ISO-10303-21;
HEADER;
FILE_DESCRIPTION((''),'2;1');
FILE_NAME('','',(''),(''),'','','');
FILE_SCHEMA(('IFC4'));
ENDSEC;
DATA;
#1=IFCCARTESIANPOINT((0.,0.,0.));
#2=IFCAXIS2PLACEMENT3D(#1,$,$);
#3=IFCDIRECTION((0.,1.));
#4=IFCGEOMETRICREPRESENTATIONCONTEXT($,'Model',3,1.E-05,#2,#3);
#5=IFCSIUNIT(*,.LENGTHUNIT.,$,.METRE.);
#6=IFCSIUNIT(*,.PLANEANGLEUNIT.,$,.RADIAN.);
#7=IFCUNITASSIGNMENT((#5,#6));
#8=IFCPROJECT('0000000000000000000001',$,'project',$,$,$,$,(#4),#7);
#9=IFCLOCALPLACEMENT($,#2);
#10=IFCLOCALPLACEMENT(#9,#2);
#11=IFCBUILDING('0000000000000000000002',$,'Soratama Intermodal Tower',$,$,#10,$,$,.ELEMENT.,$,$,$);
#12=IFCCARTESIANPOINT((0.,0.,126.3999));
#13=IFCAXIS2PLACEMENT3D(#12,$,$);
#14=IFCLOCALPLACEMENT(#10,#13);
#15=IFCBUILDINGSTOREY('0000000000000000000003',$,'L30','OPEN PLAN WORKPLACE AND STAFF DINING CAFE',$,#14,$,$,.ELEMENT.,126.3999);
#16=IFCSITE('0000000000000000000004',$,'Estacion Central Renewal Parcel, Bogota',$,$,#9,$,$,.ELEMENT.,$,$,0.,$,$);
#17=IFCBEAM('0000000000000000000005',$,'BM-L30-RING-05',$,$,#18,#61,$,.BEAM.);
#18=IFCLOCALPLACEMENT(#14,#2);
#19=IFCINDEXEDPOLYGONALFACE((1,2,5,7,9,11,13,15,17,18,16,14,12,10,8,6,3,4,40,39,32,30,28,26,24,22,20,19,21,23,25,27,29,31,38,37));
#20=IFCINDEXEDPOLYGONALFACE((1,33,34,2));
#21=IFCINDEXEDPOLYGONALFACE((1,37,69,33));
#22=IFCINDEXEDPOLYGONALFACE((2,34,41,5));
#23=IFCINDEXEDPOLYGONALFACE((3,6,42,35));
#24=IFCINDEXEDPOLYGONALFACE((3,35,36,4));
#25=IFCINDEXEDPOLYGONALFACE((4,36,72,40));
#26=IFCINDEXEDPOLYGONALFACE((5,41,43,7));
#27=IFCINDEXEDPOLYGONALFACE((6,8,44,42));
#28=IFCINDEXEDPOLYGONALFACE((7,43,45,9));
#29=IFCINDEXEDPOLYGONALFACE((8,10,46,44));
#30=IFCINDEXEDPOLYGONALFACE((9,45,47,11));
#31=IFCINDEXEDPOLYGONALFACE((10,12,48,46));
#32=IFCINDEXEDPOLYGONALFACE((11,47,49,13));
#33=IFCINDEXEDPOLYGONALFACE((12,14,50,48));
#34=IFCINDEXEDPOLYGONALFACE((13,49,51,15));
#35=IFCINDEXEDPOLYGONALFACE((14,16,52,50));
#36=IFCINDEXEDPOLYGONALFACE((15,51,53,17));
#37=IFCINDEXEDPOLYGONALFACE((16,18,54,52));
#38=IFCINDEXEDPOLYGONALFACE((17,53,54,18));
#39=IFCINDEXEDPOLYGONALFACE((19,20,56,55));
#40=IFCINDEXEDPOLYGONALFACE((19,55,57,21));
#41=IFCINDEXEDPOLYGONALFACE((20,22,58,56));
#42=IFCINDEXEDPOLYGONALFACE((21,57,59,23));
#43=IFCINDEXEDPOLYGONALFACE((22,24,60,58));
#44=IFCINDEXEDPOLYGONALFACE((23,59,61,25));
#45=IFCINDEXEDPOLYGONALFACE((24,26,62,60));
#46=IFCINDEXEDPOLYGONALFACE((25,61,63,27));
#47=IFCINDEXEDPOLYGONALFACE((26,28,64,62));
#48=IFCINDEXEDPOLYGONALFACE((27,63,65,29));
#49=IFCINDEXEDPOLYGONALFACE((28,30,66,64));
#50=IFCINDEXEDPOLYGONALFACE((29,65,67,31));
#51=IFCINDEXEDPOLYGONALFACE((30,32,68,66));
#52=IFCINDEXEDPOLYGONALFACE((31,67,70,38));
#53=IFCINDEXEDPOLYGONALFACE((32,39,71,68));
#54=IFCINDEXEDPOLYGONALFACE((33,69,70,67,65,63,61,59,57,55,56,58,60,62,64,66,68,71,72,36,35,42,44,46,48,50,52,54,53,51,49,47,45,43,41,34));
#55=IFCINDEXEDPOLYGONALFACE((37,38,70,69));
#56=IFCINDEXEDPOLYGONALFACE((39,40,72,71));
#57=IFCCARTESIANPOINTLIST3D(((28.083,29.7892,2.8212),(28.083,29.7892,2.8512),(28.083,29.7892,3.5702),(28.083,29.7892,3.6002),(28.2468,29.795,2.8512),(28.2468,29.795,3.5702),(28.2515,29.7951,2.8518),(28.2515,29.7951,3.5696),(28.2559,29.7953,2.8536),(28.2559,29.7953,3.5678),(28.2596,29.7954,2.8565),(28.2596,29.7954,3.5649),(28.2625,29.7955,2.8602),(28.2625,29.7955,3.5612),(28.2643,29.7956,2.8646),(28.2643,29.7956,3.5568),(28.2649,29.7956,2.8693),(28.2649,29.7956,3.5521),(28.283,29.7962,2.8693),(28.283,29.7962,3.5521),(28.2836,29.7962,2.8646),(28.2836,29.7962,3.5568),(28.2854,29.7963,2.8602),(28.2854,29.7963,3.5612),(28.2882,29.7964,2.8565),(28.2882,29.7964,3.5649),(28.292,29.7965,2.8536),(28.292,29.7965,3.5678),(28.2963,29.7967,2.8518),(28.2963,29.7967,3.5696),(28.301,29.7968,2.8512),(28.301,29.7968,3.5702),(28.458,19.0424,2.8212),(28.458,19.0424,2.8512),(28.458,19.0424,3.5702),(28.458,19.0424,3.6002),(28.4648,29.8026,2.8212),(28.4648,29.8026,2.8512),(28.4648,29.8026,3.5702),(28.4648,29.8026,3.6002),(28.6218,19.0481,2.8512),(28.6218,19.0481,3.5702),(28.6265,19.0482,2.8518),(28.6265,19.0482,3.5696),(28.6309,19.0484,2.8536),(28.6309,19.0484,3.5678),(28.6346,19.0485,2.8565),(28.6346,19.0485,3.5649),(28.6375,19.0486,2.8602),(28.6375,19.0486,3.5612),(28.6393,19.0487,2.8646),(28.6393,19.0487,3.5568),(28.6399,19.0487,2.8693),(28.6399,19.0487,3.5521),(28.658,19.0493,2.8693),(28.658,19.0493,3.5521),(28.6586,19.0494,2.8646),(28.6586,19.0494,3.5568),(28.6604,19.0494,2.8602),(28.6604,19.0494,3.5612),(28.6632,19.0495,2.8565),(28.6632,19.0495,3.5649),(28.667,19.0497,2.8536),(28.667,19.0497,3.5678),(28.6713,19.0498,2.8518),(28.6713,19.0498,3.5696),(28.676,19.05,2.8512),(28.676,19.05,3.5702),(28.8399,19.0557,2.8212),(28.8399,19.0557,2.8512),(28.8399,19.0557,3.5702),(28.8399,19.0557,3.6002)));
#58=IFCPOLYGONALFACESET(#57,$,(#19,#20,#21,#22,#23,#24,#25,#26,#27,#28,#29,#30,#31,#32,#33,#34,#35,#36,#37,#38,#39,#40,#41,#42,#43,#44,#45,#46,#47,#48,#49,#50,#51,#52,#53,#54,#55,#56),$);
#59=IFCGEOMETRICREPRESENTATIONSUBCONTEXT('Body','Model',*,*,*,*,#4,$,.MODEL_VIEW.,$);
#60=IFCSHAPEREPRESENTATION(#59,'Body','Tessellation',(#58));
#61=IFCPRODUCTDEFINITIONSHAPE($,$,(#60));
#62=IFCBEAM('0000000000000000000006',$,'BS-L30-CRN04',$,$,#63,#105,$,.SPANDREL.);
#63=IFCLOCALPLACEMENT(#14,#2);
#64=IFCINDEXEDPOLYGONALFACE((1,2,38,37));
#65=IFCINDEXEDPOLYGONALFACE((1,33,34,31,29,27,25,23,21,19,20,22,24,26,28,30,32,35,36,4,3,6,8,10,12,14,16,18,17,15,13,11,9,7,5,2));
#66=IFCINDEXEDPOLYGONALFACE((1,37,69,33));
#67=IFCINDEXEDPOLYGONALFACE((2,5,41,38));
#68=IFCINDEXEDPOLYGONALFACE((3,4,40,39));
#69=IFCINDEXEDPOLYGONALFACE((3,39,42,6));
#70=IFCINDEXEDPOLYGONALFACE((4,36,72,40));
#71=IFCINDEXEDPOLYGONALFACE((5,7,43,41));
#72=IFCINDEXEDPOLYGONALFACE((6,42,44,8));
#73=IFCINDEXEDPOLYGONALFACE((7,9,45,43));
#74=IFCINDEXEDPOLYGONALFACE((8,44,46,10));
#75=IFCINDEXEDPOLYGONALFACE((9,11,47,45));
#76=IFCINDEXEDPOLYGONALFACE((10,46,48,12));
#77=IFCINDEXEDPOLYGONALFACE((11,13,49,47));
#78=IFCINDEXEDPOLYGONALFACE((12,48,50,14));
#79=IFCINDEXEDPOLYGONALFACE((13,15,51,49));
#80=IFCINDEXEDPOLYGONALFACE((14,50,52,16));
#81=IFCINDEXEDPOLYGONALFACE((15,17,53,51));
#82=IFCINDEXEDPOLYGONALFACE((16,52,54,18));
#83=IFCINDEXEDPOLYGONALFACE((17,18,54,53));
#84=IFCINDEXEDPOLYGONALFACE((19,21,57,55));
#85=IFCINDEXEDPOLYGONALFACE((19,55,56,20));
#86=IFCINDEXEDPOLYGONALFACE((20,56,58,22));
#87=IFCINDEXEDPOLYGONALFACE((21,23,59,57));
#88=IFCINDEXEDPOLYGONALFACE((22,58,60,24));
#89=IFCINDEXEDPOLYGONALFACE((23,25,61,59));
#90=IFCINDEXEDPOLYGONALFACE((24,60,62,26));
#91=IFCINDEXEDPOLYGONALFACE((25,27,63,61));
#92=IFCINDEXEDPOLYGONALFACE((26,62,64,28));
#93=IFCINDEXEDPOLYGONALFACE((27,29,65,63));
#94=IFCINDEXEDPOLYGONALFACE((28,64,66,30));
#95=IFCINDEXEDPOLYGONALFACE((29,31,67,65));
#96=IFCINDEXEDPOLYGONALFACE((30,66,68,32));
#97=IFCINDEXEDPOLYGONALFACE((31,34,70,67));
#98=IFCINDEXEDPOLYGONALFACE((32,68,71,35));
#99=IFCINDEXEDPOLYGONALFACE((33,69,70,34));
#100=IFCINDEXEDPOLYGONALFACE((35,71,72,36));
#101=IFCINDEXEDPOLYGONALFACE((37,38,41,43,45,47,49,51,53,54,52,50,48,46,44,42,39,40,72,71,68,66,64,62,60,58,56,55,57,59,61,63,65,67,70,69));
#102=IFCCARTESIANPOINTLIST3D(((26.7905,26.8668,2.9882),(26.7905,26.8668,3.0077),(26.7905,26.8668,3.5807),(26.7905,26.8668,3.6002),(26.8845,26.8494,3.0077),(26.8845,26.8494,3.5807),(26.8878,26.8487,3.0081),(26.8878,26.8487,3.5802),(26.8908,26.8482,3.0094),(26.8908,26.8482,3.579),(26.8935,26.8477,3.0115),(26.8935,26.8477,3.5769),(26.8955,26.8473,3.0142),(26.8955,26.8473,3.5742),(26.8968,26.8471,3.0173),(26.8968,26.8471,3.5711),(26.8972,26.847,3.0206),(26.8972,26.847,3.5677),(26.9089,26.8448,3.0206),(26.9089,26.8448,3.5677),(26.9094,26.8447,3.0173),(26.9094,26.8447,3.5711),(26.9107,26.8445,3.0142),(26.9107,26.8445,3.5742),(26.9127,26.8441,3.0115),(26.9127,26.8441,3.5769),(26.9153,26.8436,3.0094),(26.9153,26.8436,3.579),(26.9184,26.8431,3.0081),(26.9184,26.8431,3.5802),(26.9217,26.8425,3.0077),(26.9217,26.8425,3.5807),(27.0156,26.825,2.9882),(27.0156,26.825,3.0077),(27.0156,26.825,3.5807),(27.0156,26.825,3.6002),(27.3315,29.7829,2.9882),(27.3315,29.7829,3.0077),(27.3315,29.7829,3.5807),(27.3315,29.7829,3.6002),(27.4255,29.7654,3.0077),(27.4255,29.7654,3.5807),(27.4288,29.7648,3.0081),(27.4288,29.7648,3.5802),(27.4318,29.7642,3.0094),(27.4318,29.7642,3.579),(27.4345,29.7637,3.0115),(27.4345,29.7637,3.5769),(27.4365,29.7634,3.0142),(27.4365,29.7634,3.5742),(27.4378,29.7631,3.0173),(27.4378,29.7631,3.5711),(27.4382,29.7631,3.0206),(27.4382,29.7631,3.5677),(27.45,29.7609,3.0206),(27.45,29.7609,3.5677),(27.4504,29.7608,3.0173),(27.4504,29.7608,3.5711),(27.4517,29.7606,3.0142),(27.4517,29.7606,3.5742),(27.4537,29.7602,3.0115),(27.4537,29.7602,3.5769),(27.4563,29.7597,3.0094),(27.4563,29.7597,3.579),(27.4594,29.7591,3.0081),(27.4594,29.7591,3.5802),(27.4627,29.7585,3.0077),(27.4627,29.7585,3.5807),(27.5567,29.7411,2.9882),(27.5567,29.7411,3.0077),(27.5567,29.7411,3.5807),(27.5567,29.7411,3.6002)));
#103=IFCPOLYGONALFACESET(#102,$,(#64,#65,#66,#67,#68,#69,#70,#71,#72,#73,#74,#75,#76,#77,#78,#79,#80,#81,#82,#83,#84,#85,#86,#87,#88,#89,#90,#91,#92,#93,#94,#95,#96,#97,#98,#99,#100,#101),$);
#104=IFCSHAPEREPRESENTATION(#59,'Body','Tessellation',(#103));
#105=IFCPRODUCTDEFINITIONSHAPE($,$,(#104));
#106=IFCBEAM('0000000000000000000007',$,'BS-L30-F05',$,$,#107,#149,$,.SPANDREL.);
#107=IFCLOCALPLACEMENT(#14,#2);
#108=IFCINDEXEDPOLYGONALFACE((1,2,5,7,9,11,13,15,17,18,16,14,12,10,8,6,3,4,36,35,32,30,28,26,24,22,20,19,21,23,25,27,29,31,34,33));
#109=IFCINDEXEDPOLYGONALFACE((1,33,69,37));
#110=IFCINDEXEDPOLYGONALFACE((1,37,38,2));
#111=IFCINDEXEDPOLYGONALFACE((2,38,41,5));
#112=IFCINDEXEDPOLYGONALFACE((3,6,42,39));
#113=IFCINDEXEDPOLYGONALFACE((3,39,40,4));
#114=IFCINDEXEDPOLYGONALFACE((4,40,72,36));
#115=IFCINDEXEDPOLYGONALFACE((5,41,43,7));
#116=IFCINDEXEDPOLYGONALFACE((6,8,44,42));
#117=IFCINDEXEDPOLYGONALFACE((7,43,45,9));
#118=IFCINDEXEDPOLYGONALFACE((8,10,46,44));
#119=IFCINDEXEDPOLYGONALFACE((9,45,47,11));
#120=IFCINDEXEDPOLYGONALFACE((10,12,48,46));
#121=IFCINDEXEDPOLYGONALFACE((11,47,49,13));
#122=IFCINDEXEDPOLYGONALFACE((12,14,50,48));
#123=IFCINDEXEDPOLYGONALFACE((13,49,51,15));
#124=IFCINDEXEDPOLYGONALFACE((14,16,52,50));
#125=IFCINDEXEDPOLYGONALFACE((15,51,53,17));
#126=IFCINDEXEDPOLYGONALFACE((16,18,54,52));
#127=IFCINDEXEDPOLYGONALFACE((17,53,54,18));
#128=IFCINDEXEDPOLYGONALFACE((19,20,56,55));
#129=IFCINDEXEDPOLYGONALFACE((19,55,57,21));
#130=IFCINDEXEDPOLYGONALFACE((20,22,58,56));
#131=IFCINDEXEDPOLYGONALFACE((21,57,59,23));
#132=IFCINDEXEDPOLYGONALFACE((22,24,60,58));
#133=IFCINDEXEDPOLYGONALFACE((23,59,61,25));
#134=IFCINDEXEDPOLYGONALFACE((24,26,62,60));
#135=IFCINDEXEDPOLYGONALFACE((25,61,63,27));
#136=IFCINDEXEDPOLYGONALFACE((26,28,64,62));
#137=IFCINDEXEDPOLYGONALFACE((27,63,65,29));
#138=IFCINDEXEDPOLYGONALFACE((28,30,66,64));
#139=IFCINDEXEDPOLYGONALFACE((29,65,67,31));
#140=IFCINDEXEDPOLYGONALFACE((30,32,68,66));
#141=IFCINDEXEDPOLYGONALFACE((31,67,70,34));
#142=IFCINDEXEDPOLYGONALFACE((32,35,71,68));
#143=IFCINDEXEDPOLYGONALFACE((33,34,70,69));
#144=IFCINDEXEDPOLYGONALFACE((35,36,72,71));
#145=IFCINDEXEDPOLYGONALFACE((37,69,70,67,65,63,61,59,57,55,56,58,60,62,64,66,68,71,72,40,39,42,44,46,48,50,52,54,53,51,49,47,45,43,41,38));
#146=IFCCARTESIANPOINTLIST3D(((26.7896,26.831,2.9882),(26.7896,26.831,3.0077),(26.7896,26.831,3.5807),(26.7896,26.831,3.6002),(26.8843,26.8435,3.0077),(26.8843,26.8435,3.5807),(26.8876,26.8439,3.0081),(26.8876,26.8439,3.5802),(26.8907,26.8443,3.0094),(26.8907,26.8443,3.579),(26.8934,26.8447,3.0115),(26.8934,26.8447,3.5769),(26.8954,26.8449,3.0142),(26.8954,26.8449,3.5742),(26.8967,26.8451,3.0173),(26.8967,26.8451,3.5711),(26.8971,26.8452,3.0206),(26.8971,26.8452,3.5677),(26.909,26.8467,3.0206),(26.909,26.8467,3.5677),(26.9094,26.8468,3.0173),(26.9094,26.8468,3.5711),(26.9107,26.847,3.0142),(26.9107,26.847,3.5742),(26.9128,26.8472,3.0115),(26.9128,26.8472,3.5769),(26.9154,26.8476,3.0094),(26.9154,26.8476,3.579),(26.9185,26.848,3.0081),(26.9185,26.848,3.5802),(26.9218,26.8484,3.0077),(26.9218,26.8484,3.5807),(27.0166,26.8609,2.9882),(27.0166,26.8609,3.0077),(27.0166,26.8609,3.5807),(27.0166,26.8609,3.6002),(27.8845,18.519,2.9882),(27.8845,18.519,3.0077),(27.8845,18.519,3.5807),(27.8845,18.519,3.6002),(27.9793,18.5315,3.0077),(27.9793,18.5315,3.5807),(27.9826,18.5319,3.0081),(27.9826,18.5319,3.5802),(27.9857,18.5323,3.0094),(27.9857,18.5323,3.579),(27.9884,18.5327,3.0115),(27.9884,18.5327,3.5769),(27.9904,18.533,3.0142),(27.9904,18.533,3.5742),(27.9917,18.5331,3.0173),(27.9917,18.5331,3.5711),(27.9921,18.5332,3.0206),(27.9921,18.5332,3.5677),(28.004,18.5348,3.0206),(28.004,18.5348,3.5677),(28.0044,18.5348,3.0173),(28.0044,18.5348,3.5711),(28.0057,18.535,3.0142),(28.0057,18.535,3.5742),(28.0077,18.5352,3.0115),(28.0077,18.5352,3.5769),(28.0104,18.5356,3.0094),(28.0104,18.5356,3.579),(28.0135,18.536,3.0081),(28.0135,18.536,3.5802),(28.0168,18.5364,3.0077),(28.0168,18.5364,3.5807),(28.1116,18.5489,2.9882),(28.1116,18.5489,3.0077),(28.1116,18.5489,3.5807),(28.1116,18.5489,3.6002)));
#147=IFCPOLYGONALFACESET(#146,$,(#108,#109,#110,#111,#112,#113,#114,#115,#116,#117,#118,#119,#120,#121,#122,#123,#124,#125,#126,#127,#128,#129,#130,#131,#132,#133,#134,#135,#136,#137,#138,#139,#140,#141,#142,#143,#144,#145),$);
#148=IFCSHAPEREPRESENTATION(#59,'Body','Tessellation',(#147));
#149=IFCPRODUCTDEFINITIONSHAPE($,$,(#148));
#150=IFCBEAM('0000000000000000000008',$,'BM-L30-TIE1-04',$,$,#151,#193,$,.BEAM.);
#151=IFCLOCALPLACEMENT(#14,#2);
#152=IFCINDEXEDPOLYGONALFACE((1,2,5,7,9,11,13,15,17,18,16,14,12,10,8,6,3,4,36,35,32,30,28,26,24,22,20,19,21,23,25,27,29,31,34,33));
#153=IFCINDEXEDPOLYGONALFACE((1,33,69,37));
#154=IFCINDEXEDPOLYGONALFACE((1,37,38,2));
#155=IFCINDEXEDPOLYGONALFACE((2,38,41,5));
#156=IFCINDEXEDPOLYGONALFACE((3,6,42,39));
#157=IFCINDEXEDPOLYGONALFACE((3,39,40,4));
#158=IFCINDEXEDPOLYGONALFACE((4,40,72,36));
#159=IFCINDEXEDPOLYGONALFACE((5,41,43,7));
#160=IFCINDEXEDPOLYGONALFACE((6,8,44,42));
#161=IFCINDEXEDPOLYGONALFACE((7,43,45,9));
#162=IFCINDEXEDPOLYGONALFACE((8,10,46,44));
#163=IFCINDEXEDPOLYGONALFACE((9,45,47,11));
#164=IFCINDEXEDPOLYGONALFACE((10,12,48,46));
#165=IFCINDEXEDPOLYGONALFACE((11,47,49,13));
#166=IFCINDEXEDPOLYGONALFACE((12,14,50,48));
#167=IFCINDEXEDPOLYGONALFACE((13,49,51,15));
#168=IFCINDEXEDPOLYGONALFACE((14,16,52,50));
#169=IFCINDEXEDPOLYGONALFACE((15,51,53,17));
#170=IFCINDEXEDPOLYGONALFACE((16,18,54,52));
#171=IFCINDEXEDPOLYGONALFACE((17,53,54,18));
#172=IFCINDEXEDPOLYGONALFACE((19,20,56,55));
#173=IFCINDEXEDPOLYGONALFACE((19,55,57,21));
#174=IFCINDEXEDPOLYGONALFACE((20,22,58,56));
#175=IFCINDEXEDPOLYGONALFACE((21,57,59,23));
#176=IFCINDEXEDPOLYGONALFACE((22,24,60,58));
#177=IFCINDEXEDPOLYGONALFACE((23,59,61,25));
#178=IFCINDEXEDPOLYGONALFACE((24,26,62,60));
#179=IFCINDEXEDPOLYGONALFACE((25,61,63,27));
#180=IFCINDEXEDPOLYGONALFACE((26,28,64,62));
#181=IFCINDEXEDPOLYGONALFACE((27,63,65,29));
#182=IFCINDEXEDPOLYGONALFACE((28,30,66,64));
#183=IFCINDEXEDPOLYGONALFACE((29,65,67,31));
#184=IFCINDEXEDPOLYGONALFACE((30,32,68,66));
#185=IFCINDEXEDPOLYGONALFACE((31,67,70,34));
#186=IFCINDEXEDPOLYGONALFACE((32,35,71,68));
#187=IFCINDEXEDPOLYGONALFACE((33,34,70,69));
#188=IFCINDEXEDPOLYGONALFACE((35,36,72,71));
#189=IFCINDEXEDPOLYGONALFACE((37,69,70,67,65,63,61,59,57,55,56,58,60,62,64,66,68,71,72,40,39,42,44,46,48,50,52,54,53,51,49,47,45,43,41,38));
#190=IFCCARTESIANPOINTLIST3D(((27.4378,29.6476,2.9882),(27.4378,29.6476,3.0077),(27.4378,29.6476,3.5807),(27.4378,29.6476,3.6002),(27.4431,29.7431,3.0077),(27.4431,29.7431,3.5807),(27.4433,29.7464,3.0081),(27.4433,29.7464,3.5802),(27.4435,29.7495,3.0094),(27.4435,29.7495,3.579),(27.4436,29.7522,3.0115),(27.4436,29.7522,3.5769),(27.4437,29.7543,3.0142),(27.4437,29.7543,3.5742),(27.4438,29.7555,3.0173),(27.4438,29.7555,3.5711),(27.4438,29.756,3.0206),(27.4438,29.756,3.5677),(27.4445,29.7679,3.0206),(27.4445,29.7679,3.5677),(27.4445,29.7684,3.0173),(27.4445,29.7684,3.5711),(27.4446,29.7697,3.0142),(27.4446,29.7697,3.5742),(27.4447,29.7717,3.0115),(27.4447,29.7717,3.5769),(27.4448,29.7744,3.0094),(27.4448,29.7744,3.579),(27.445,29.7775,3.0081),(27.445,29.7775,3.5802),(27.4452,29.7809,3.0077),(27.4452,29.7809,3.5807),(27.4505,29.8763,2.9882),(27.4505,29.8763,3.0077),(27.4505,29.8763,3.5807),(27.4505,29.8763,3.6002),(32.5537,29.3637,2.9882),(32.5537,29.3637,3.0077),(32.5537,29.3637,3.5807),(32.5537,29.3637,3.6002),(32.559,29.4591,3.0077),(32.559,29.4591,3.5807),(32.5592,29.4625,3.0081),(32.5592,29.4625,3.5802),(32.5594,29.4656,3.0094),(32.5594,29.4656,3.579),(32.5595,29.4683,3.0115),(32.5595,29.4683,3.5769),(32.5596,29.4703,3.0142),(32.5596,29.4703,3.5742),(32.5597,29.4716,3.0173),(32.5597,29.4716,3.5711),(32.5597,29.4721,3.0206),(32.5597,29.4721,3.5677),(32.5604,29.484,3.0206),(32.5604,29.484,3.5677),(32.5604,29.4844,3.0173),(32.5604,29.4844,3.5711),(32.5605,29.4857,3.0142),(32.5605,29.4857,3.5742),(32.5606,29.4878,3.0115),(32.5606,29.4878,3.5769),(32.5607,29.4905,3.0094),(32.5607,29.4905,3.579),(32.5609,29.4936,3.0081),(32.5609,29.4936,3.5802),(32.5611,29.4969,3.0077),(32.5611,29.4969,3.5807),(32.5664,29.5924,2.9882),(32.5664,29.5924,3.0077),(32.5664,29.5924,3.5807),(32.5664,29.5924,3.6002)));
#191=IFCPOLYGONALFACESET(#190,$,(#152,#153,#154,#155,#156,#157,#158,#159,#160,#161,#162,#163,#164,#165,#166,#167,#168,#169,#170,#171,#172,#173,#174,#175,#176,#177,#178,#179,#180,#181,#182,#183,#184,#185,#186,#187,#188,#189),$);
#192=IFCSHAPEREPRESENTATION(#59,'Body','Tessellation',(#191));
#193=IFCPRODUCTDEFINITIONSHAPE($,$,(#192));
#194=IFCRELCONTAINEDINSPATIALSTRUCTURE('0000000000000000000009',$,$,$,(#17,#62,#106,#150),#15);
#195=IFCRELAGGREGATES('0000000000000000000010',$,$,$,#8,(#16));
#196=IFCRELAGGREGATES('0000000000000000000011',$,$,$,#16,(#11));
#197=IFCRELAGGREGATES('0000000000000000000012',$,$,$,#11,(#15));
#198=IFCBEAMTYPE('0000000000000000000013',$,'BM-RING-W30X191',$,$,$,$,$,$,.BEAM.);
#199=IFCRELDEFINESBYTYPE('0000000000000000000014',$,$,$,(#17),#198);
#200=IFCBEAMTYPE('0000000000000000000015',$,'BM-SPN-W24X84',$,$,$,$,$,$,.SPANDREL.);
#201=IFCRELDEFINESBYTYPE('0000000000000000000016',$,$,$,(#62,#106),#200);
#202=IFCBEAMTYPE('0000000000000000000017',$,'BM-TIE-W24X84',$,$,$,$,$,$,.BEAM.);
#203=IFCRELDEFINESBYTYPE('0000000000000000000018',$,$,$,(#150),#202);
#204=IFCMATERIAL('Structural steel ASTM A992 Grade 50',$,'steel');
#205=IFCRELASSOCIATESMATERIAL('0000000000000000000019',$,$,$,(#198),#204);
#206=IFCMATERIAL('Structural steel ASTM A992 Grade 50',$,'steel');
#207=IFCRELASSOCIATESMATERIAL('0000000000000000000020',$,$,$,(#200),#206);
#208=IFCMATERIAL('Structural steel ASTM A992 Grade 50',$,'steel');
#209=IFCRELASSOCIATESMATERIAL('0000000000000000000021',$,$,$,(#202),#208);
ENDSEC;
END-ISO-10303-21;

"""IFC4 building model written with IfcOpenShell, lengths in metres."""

from ifc_helpers import new_model, si_unit, direction, frame, origin, origin_2d, place, context, subcontext, project, spatial, i_section, extrude, material, material_profile, profile_set, type_object, element, save


model = new_model("IFC4")

# Units and contexts
model_context = context("Model", 3, precision=1e-05, world=origin(), true_north=direction((0.0, 1.0)))
body_context = subcontext(model_context, "Body", "Model", "MODEL_VIEW")
ifc_project = project(units=[si_unit("LENGTHUNIT", "METRE"), si_unit("PLANEANGLEUNIT", "RADIAN")], contexts=[model_context])

# Site, building, storey
site_placement = place(None, origin())
site = spatial("IfcSite", under=ifc_project, at=site_placement, Name="Estacion Central Renewal Parcel, Bogota", CompositionType="ELEMENT", RefElevation=0.0)
building_placement = place(site_placement, origin())
building = spatial("IfcBuilding", under=site, at=building_placement, Name="Soratama Intermodal Tower", CompositionType="ELEMENT")
storey_placement = place(building_placement, frame((0.0, 0.0, 126.3999)))
storey = spatial("IfcBuildingStorey", under=building, at=storey_placement, Name="L30", Description="OPEN PLAN WORKPLACE AND STAFF DINING CAFE", CompositionType="ELEMENT", Elevation=126.3999)

# Beams
ifc_material_1 = material(Name="Structural steel ASTM A992 Grade 50", Category="steel")
ifc_material_profile_1 = material_profile(ifc_material_1, i_section(OverallWidth=0.3821, OverallDepth=0.7791, WebThickness=0.0181, FlangeThickness=0.03, FilletRadius=0.0181, at=origin_2d()), Name="W30X191")
ifc_profile_set_1 = profile_set([ifc_material_profile_1], Name="Structural steel ASTM A992 Grade 50")
beam_type_1 = type_object("IfcBeamType", Name="BM-RING-W30X191", PredefinedType="BEAM", material=ifc_profile_set_1)
beam_1_placement = place(storey_placement, frame((28.2739, 29.7959, 3.2107), z_axis=(0.034873, -0.999392, 0.0), x_axis=(0.999392, 0.034873, 0.0)))
element("IfcBeam", 1, at=beam_1_placement, inside=storey, type_object=beam_type_1, Name="BM-L30-RING-05", PredefinedType="BEAM", context=body_context, shape_type="SweptSolid", body=[
    extrude(i_section(OverallWidth=0.3821, OverallDepth=0.7791, WebThickness=0.0181, FlangeThickness=0.03, FilletRadius=0.0181, at=origin_2d()), origin(), (0.0, 0.0, 1.0), 10.7534),
])
ifc_material_2 = material(Name="Structural steel ASTM A992 Grade 50", Category="steel")
ifc_material_profile_2 = material_profile(ifc_material_2, i_section(OverallWidth=0.229, OverallDepth=0.6121, WebThickness=0.012, FlangeThickness=0.0195, FilletRadius=0.0129, at=origin_2d()), Name="W24X84")
ifc_profile_set_2 = profile_set([ifc_material_profile_2], Name="Structural steel ASTM A992 Grade 50")
beam_type_2 = type_object("IfcBeamType", Name="BM-SPN-W24X84", PredefinedType="SPANDREL", material=ifc_profile_set_2)
beam_2_placement = place(storey_placement, frame((27.4441, 29.762, 3.2942), z_axis=(-0.182419, -0.983221, 0.0), x_axis=(0.983221, -0.182419, 0.0)))
element("IfcBeam", 2, at=beam_2_placement, inside=storey, type_object=beam_type_2, Name="BS-L30-CRN04", PredefinedType="SPANDREL", context=body_context, shape_type="SweptSolid", body=[
    extrude(i_section(OverallWidth=0.229, OverallDepth=0.6121, WebThickness=0.012, FlangeThickness=0.0195, FilletRadius=0.0129, at=origin_2d()), origin(), (0.0, 0.0, 1.0), 2.9658),
])
beam_3_placement = place(storey_placement, frame((26.9031, 26.8459, 3.2942), z_axis=(0.130605, -0.991434, 0.0), x_axis=(0.991434, 0.130605, 0.0)))
element("IfcBeam", 3, at=beam_3_placement, inside=storey, type_object=beam_type_2, Name="BS-L30-F05", PredefinedType="SPANDREL", context=body_context, shape_type="SweptSolid", body=[
    extrude(i_section(OverallWidth=0.229, OverallDepth=0.6121, WebThickness=0.012, FlangeThickness=0.0195, FilletRadius=0.0129, at=origin_2d()), origin(), (0.0, 0.0, 1.0), 8.3838),
])
ifc_material_3 = material(Name="Structural steel ASTM A992 Grade 50", Category="steel")
ifc_material_profile_3 = material_profile(ifc_material_3, i_section(OverallWidth=0.229, OverallDepth=0.6121, WebThickness=0.012, FlangeThickness=0.0195, FilletRadius=0.0129, at=origin_2d()), Name="W24X84")
ifc_profile_set_3 = profile_set([ifc_material_profile_3], Name="Structural steel ASTM A992 Grade 50")
beam_type_3 = type_object("IfcBeamType", Name="BM-TIE-W24X84", PredefinedType="BEAM", material=ifc_profile_set_3)
beam_4_placement = place(storey_placement, frame((32.5601, 29.478, 3.2942), z_axis=(-0.998463, 0.055415, 0.0), x_axis=(-0.055415, -0.998463, 0.0)))
element("IfcBeam", 4, at=beam_4_placement, inside=storey, type_object=beam_type_3, Name="BM-L30-TIE1-04", PredefinedType="BEAM", context=body_context, shape_type="SweptSolid", body=[
    extrude(i_section(OverallWidth=0.229, OverallDepth=0.6121, WebThickness=0.012, FlangeThickness=0.0195, FilletRadius=0.0129, at=origin_2d()), origin(), (0.0, 0.0, 1.0), 5.1238),
])

save(model, "model.ifc")
